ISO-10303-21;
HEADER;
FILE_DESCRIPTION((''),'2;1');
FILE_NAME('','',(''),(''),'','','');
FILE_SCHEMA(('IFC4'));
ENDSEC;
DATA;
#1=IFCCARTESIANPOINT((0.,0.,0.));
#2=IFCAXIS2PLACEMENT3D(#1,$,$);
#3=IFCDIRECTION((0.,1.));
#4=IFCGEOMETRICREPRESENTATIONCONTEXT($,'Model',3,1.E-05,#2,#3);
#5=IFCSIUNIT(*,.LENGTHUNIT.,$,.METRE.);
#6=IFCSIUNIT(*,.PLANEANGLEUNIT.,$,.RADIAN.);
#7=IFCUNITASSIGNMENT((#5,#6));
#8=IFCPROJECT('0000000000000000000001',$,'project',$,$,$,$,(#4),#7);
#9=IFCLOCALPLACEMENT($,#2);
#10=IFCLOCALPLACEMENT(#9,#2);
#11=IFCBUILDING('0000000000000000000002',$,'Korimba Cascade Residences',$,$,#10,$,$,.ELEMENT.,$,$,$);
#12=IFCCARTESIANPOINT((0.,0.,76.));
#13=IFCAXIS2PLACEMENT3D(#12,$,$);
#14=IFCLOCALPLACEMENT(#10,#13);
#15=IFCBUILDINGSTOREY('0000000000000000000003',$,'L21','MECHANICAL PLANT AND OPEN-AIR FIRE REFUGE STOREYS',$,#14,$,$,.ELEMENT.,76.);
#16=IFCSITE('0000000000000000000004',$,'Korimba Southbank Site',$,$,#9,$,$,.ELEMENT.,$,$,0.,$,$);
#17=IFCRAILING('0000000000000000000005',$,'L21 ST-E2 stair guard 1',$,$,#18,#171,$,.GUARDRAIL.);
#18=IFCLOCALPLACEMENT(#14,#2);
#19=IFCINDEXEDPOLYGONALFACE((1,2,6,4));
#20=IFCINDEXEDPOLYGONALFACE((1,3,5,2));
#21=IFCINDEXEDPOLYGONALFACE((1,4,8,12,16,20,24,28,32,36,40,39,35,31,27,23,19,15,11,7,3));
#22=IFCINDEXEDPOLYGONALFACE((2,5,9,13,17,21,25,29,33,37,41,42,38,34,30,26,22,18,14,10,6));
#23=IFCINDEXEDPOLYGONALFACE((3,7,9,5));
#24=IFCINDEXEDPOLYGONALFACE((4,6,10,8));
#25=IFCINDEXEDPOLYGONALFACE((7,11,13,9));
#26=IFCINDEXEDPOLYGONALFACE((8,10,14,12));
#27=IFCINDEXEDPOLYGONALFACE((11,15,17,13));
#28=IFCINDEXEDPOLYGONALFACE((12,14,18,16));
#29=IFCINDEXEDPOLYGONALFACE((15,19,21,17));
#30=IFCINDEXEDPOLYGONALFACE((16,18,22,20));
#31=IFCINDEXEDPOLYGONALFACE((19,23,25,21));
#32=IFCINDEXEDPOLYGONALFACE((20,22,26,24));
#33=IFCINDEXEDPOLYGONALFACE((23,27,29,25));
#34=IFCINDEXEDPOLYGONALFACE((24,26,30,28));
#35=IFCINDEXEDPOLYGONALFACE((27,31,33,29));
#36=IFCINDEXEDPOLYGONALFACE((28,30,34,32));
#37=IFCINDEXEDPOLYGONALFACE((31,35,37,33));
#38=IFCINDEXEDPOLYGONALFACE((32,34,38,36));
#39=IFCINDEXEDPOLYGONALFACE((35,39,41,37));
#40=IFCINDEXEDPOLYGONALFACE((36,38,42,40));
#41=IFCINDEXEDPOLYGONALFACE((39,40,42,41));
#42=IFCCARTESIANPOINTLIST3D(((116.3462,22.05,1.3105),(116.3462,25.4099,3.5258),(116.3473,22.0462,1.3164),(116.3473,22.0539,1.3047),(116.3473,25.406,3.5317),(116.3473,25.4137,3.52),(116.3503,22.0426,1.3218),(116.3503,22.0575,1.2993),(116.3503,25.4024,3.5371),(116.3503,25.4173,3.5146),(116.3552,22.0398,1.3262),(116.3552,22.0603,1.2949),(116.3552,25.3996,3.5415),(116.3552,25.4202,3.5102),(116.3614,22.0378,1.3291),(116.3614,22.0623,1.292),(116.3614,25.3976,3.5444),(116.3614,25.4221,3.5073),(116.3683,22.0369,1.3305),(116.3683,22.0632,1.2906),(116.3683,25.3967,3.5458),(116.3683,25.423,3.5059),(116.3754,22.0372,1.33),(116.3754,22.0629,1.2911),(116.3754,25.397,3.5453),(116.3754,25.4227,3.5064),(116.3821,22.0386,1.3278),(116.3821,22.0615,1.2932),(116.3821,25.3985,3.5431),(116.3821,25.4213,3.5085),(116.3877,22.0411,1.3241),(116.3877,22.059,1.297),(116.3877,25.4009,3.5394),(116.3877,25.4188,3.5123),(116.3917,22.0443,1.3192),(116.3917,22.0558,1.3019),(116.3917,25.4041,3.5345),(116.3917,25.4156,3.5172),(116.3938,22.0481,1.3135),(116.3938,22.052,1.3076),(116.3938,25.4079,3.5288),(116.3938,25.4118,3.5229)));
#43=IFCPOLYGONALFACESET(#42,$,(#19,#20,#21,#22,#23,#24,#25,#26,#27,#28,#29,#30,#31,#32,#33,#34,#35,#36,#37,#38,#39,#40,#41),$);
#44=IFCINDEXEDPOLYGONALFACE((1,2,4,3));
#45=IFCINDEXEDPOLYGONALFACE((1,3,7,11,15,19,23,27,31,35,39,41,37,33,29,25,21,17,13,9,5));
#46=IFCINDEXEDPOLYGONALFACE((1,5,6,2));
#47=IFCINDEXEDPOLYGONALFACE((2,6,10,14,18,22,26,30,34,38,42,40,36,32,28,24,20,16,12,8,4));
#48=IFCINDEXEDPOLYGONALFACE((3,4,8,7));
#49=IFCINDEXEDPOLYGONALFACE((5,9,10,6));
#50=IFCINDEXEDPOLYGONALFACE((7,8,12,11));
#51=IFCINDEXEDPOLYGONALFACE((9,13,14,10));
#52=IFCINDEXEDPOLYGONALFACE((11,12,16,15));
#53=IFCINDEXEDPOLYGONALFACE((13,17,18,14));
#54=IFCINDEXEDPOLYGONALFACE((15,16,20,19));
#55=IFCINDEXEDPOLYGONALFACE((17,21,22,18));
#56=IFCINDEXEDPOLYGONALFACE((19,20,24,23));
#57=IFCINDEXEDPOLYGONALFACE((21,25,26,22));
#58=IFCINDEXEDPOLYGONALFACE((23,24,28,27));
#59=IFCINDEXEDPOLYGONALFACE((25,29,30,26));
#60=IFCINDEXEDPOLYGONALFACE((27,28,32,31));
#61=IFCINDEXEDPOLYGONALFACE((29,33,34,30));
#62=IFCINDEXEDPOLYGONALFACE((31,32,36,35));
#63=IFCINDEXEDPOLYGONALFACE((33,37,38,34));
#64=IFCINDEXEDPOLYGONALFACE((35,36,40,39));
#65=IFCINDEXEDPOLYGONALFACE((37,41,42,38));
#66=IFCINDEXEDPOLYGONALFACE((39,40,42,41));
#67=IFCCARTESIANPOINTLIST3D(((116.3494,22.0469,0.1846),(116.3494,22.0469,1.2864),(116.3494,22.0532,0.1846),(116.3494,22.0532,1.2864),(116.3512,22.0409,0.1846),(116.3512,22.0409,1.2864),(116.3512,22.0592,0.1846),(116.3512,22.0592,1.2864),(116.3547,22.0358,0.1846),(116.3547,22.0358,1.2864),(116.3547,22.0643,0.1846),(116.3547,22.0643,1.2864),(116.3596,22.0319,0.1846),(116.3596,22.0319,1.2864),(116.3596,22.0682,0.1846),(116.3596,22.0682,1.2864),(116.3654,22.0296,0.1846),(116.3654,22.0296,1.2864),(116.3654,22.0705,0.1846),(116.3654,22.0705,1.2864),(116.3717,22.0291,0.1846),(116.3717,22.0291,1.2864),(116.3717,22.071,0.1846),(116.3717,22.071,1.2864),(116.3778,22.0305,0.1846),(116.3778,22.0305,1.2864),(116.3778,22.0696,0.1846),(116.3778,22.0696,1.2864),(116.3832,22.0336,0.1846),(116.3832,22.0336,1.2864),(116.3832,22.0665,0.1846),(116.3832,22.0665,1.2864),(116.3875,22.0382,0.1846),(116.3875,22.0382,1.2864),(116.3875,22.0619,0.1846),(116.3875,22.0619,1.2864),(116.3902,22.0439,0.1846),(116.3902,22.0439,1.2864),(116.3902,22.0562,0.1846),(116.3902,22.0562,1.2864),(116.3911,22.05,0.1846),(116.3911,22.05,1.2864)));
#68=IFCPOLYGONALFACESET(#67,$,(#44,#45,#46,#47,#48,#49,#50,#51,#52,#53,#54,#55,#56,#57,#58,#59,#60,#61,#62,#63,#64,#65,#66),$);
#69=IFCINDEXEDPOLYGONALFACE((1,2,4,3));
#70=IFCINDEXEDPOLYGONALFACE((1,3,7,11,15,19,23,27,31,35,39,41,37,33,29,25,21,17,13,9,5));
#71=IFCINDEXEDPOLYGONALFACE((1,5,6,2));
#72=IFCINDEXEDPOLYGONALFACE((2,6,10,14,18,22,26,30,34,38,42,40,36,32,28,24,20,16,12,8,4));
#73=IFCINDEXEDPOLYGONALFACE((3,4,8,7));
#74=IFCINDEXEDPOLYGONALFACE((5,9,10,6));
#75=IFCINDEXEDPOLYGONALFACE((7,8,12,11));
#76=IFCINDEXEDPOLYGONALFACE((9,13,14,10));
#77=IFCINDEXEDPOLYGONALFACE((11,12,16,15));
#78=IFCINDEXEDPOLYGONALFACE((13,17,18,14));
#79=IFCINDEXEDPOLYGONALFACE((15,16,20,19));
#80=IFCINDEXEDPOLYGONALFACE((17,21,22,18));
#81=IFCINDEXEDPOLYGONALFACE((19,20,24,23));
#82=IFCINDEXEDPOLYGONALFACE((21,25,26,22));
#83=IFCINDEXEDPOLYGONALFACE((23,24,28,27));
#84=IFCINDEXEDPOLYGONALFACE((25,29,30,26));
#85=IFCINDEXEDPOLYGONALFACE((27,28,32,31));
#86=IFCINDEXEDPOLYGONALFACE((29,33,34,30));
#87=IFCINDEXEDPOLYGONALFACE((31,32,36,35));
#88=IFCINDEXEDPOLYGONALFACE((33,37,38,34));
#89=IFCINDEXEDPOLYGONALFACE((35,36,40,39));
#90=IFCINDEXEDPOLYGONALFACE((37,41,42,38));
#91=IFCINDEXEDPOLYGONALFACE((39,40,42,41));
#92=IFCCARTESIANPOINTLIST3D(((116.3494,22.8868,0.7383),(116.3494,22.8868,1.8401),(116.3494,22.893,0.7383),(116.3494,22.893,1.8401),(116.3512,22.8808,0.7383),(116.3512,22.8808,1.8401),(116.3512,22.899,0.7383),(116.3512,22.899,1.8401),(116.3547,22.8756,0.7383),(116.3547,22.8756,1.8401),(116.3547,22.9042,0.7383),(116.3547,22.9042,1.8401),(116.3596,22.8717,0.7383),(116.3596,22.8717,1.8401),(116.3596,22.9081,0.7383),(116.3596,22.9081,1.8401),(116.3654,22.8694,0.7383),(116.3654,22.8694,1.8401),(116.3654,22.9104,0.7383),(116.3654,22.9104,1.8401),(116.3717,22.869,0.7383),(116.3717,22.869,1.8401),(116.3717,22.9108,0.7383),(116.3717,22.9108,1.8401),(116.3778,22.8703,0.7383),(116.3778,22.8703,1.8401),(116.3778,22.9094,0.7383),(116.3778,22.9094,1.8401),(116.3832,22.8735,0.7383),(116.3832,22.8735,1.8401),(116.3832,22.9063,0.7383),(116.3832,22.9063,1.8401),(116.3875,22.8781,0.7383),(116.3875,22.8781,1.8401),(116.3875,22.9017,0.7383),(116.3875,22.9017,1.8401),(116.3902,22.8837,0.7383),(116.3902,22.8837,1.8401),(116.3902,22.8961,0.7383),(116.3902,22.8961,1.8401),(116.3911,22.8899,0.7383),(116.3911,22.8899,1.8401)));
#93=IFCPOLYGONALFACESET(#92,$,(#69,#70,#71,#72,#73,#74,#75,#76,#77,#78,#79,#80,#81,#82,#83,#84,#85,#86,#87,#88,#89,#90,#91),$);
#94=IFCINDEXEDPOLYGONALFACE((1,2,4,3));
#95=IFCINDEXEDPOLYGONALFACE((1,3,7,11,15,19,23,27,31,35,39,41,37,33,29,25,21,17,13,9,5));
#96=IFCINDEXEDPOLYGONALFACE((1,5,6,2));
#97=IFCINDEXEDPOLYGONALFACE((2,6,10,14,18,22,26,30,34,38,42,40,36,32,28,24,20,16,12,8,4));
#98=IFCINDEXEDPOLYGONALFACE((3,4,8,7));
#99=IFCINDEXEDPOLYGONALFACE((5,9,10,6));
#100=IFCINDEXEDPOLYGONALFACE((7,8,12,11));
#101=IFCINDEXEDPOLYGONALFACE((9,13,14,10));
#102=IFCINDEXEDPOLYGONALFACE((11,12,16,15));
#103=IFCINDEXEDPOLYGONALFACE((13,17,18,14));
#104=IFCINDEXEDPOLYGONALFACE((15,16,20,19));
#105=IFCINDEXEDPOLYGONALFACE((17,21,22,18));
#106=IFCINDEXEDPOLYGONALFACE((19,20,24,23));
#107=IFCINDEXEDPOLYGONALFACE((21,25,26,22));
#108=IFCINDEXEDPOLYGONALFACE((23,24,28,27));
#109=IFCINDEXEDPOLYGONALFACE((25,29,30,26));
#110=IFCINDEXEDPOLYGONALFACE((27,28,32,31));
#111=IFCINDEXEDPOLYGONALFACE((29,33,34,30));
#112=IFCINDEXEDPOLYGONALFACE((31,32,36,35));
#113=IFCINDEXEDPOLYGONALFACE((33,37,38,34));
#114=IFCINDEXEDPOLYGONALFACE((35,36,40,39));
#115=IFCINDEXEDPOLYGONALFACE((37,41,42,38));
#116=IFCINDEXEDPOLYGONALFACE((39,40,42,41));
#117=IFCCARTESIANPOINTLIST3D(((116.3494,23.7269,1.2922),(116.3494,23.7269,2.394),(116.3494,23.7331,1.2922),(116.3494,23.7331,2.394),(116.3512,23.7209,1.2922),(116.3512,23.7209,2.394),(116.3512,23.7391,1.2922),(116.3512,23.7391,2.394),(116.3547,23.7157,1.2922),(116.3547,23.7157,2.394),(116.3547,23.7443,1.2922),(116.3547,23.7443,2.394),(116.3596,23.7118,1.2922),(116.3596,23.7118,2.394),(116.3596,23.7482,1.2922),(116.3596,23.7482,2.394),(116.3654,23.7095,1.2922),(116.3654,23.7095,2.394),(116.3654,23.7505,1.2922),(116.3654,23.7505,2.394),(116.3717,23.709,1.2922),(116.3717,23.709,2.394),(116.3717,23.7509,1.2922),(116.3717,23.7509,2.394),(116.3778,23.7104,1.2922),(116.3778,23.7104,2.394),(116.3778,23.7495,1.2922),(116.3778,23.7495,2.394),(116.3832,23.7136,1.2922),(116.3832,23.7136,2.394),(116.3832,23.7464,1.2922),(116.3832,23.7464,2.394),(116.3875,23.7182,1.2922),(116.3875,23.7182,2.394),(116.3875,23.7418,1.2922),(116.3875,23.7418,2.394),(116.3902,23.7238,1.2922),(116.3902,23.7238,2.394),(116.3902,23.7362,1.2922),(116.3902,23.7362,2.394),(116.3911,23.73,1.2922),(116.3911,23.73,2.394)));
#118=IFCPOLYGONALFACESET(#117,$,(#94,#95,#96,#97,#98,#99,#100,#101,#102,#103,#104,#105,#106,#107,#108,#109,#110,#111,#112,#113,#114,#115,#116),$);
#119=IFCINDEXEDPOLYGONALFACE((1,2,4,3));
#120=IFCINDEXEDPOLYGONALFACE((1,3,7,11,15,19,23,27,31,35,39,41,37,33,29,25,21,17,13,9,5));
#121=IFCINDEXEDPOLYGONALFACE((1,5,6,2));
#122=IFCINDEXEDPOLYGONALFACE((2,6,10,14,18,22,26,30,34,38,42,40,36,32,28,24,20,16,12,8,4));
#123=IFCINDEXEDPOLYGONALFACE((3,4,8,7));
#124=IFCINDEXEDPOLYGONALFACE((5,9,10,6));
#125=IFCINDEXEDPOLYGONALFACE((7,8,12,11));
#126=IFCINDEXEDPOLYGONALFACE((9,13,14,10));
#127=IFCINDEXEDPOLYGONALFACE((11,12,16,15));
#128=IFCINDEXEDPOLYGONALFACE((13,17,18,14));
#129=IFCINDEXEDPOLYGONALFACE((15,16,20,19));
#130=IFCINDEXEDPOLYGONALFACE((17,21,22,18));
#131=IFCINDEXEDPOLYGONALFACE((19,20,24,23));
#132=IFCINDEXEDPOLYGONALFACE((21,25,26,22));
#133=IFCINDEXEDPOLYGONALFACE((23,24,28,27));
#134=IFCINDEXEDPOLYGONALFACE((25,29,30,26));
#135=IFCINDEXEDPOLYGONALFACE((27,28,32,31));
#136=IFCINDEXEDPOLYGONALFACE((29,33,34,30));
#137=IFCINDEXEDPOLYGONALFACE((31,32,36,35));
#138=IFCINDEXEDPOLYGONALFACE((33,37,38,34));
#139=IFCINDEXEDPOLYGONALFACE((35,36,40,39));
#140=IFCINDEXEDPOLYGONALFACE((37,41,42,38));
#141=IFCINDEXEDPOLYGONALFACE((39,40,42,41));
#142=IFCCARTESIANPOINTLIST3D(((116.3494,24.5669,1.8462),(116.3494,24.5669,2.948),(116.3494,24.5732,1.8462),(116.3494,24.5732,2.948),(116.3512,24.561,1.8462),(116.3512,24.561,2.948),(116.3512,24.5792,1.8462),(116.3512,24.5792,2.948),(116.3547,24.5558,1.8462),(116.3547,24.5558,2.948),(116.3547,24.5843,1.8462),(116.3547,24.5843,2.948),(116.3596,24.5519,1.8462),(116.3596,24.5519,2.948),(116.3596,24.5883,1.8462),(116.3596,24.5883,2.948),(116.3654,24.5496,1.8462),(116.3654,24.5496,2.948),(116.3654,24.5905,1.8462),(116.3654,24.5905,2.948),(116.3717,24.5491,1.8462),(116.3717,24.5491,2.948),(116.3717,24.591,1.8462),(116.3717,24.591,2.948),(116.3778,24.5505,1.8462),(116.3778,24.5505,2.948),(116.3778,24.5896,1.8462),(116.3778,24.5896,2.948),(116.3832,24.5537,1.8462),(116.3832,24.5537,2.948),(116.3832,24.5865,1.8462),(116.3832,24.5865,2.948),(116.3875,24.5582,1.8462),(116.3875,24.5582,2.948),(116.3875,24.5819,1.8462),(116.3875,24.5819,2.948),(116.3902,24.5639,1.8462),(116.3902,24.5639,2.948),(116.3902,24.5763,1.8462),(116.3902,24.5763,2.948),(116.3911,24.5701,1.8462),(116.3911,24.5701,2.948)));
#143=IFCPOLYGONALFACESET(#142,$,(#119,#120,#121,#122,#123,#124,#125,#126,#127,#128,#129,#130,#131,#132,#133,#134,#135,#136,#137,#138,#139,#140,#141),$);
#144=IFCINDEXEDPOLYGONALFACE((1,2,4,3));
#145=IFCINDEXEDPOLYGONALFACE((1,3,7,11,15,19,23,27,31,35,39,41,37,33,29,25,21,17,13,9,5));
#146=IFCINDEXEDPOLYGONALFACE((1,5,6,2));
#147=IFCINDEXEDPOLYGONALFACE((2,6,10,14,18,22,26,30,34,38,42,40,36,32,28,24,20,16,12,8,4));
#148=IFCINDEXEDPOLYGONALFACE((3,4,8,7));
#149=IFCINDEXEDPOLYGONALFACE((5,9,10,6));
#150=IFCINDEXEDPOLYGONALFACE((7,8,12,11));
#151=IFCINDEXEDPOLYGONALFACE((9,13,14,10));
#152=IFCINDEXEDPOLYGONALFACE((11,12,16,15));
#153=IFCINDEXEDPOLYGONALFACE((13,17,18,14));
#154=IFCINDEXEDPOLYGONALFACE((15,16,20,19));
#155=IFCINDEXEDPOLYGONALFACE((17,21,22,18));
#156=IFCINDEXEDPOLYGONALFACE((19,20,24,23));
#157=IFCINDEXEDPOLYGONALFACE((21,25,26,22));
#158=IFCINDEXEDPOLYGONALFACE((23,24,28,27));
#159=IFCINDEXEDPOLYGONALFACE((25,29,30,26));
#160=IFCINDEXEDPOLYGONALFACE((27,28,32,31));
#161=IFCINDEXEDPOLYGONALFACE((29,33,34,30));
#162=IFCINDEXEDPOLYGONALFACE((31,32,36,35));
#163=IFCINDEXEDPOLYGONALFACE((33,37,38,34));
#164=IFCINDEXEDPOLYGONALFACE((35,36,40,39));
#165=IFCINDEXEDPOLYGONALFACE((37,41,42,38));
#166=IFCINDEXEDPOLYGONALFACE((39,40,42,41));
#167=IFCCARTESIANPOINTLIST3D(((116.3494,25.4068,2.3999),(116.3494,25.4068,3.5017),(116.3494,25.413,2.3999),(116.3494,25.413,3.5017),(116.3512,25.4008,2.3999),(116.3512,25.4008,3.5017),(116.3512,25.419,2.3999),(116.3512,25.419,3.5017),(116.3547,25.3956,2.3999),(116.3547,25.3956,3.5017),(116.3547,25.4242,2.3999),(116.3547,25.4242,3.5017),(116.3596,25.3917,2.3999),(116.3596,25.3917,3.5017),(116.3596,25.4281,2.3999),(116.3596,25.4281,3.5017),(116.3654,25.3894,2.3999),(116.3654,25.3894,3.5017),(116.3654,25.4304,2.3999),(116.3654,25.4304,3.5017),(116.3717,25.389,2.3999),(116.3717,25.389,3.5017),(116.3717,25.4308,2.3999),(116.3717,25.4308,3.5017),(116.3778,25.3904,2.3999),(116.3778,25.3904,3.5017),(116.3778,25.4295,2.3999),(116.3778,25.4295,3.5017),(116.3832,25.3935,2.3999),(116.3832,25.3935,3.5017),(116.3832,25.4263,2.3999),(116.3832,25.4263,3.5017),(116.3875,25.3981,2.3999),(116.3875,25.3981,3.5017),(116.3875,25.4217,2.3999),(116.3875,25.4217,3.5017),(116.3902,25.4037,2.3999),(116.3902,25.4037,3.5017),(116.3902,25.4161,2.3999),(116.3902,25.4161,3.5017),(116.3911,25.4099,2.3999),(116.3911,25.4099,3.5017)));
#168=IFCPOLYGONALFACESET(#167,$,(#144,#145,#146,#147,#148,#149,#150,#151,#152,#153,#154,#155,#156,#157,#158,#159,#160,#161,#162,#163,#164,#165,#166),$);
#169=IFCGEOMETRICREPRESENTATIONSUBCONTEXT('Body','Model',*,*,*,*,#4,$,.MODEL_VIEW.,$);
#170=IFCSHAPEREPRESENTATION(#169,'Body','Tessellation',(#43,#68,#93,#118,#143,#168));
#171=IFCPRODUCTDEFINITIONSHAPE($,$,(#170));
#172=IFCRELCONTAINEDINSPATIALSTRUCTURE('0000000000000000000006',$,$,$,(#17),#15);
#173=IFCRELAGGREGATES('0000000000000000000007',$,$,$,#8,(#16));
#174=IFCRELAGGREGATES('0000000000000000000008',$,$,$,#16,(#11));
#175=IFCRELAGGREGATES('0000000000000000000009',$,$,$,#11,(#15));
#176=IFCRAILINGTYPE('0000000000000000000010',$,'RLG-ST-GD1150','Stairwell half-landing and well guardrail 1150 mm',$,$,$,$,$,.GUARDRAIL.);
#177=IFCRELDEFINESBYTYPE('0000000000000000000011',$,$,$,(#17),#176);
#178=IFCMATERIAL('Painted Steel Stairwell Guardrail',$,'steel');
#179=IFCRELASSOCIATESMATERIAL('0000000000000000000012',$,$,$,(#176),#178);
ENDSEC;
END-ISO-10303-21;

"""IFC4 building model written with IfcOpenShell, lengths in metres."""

from ifc_helpers import new_model, si_unit, direction, frame, origin, origin_2d, place, context, subcontext, project, spatial, circle, extrude, material, type_object, element, save


model = new_model("IFC4")

# Units and contexts
model_context = context("Model", 3, precision=1e-05, world=origin(), true_north=direction((0.0, 1.0)))
body_context = subcontext(model_context, "Body", "Model", "MODEL_VIEW")
ifc_project = project(units=[si_unit("LENGTHUNIT", "METRE"), si_unit("PLANEANGLEUNIT", "RADIAN")], contexts=[model_context])

# Site, building, storey
site_placement = place(None, origin())
site = spatial("IfcSite", under=ifc_project, at=site_placement, Name="Korimba Southbank Site", CompositionType="ELEMENT", RefElevation=0.0)
building_placement = place(site_placement, origin())
building = spatial("IfcBuilding", under=site, at=building_placement, Name="Korimba Cascade Residences", CompositionType="ELEMENT")
storey_placement = place(building_placement, frame((0.0, 0.0, 76.0)))
storey = spatial("IfcBuildingStorey", under=building, at=storey_placement, Name="L21", Description="MECHANICAL PLANT AND OPEN-AIR FIRE REFUGE STOREYS", CompositionType="ELEMENT", Elevation=76.0)

# Railing
ifc_material_1 = material(Name="Painted Steel Stairwell Guardrail", Category="steel")
railing_type_1 = type_object("IfcRailingType", Name="RLG-ST-GD1150", Description="Stairwell half-landing and well guardrail 1150 mm", PredefinedType="GUARDRAIL", material=ifc_material_1)
railing_1_placement = place(storey_placement, frame((116.3701, 22.05, 0.1846)))
element("IfcRailing", 1, at=railing_1_placement, inside=storey, type_object=railing_type_1, Name="L21 ST-E2 stair guard 1", PredefinedType="GUARDRAIL", context=body_context, shape_type="SweptSolid", body=[
    extrude(circle(Radius=0.0239, at=origin_2d()), frame((0.0, 0.0, 1.126), z_axis=(0.0, 0.834858, 0.550465), x_axis=(-1.0, 0.0, 0.0)), (0.0, 0.0, 1.0), 4.0244),
    extrude(circle(Radius=0.021, at=origin_2d()), origin(), (0.0, 0.0, 1.0), 1.1018),
    extrude(circle(Radius=0.021, at=origin_2d()), frame((0.0, 0.8398, 0.5537)), (0.0, 0.0, 1.0), 1.1018),
    extrude(circle(Radius=0.021, at=origin_2d()), frame((0.0, 1.6799, 1.1077)), (0.0, 0.0, 1.0), 1.1018),
    extrude(circle(Radius=0.021, at=origin_2d()), frame((0.0, 2.52, 1.6616)), (0.0, 0.0, 1.0), 1.1018),
    extrude(circle(Radius=0.021, at=origin_2d()), frame((0.0, 3.3599, 2.2153)), (0.0, 0.0, 1.0), 1.1018),
])

save(model, "model.ifc")
